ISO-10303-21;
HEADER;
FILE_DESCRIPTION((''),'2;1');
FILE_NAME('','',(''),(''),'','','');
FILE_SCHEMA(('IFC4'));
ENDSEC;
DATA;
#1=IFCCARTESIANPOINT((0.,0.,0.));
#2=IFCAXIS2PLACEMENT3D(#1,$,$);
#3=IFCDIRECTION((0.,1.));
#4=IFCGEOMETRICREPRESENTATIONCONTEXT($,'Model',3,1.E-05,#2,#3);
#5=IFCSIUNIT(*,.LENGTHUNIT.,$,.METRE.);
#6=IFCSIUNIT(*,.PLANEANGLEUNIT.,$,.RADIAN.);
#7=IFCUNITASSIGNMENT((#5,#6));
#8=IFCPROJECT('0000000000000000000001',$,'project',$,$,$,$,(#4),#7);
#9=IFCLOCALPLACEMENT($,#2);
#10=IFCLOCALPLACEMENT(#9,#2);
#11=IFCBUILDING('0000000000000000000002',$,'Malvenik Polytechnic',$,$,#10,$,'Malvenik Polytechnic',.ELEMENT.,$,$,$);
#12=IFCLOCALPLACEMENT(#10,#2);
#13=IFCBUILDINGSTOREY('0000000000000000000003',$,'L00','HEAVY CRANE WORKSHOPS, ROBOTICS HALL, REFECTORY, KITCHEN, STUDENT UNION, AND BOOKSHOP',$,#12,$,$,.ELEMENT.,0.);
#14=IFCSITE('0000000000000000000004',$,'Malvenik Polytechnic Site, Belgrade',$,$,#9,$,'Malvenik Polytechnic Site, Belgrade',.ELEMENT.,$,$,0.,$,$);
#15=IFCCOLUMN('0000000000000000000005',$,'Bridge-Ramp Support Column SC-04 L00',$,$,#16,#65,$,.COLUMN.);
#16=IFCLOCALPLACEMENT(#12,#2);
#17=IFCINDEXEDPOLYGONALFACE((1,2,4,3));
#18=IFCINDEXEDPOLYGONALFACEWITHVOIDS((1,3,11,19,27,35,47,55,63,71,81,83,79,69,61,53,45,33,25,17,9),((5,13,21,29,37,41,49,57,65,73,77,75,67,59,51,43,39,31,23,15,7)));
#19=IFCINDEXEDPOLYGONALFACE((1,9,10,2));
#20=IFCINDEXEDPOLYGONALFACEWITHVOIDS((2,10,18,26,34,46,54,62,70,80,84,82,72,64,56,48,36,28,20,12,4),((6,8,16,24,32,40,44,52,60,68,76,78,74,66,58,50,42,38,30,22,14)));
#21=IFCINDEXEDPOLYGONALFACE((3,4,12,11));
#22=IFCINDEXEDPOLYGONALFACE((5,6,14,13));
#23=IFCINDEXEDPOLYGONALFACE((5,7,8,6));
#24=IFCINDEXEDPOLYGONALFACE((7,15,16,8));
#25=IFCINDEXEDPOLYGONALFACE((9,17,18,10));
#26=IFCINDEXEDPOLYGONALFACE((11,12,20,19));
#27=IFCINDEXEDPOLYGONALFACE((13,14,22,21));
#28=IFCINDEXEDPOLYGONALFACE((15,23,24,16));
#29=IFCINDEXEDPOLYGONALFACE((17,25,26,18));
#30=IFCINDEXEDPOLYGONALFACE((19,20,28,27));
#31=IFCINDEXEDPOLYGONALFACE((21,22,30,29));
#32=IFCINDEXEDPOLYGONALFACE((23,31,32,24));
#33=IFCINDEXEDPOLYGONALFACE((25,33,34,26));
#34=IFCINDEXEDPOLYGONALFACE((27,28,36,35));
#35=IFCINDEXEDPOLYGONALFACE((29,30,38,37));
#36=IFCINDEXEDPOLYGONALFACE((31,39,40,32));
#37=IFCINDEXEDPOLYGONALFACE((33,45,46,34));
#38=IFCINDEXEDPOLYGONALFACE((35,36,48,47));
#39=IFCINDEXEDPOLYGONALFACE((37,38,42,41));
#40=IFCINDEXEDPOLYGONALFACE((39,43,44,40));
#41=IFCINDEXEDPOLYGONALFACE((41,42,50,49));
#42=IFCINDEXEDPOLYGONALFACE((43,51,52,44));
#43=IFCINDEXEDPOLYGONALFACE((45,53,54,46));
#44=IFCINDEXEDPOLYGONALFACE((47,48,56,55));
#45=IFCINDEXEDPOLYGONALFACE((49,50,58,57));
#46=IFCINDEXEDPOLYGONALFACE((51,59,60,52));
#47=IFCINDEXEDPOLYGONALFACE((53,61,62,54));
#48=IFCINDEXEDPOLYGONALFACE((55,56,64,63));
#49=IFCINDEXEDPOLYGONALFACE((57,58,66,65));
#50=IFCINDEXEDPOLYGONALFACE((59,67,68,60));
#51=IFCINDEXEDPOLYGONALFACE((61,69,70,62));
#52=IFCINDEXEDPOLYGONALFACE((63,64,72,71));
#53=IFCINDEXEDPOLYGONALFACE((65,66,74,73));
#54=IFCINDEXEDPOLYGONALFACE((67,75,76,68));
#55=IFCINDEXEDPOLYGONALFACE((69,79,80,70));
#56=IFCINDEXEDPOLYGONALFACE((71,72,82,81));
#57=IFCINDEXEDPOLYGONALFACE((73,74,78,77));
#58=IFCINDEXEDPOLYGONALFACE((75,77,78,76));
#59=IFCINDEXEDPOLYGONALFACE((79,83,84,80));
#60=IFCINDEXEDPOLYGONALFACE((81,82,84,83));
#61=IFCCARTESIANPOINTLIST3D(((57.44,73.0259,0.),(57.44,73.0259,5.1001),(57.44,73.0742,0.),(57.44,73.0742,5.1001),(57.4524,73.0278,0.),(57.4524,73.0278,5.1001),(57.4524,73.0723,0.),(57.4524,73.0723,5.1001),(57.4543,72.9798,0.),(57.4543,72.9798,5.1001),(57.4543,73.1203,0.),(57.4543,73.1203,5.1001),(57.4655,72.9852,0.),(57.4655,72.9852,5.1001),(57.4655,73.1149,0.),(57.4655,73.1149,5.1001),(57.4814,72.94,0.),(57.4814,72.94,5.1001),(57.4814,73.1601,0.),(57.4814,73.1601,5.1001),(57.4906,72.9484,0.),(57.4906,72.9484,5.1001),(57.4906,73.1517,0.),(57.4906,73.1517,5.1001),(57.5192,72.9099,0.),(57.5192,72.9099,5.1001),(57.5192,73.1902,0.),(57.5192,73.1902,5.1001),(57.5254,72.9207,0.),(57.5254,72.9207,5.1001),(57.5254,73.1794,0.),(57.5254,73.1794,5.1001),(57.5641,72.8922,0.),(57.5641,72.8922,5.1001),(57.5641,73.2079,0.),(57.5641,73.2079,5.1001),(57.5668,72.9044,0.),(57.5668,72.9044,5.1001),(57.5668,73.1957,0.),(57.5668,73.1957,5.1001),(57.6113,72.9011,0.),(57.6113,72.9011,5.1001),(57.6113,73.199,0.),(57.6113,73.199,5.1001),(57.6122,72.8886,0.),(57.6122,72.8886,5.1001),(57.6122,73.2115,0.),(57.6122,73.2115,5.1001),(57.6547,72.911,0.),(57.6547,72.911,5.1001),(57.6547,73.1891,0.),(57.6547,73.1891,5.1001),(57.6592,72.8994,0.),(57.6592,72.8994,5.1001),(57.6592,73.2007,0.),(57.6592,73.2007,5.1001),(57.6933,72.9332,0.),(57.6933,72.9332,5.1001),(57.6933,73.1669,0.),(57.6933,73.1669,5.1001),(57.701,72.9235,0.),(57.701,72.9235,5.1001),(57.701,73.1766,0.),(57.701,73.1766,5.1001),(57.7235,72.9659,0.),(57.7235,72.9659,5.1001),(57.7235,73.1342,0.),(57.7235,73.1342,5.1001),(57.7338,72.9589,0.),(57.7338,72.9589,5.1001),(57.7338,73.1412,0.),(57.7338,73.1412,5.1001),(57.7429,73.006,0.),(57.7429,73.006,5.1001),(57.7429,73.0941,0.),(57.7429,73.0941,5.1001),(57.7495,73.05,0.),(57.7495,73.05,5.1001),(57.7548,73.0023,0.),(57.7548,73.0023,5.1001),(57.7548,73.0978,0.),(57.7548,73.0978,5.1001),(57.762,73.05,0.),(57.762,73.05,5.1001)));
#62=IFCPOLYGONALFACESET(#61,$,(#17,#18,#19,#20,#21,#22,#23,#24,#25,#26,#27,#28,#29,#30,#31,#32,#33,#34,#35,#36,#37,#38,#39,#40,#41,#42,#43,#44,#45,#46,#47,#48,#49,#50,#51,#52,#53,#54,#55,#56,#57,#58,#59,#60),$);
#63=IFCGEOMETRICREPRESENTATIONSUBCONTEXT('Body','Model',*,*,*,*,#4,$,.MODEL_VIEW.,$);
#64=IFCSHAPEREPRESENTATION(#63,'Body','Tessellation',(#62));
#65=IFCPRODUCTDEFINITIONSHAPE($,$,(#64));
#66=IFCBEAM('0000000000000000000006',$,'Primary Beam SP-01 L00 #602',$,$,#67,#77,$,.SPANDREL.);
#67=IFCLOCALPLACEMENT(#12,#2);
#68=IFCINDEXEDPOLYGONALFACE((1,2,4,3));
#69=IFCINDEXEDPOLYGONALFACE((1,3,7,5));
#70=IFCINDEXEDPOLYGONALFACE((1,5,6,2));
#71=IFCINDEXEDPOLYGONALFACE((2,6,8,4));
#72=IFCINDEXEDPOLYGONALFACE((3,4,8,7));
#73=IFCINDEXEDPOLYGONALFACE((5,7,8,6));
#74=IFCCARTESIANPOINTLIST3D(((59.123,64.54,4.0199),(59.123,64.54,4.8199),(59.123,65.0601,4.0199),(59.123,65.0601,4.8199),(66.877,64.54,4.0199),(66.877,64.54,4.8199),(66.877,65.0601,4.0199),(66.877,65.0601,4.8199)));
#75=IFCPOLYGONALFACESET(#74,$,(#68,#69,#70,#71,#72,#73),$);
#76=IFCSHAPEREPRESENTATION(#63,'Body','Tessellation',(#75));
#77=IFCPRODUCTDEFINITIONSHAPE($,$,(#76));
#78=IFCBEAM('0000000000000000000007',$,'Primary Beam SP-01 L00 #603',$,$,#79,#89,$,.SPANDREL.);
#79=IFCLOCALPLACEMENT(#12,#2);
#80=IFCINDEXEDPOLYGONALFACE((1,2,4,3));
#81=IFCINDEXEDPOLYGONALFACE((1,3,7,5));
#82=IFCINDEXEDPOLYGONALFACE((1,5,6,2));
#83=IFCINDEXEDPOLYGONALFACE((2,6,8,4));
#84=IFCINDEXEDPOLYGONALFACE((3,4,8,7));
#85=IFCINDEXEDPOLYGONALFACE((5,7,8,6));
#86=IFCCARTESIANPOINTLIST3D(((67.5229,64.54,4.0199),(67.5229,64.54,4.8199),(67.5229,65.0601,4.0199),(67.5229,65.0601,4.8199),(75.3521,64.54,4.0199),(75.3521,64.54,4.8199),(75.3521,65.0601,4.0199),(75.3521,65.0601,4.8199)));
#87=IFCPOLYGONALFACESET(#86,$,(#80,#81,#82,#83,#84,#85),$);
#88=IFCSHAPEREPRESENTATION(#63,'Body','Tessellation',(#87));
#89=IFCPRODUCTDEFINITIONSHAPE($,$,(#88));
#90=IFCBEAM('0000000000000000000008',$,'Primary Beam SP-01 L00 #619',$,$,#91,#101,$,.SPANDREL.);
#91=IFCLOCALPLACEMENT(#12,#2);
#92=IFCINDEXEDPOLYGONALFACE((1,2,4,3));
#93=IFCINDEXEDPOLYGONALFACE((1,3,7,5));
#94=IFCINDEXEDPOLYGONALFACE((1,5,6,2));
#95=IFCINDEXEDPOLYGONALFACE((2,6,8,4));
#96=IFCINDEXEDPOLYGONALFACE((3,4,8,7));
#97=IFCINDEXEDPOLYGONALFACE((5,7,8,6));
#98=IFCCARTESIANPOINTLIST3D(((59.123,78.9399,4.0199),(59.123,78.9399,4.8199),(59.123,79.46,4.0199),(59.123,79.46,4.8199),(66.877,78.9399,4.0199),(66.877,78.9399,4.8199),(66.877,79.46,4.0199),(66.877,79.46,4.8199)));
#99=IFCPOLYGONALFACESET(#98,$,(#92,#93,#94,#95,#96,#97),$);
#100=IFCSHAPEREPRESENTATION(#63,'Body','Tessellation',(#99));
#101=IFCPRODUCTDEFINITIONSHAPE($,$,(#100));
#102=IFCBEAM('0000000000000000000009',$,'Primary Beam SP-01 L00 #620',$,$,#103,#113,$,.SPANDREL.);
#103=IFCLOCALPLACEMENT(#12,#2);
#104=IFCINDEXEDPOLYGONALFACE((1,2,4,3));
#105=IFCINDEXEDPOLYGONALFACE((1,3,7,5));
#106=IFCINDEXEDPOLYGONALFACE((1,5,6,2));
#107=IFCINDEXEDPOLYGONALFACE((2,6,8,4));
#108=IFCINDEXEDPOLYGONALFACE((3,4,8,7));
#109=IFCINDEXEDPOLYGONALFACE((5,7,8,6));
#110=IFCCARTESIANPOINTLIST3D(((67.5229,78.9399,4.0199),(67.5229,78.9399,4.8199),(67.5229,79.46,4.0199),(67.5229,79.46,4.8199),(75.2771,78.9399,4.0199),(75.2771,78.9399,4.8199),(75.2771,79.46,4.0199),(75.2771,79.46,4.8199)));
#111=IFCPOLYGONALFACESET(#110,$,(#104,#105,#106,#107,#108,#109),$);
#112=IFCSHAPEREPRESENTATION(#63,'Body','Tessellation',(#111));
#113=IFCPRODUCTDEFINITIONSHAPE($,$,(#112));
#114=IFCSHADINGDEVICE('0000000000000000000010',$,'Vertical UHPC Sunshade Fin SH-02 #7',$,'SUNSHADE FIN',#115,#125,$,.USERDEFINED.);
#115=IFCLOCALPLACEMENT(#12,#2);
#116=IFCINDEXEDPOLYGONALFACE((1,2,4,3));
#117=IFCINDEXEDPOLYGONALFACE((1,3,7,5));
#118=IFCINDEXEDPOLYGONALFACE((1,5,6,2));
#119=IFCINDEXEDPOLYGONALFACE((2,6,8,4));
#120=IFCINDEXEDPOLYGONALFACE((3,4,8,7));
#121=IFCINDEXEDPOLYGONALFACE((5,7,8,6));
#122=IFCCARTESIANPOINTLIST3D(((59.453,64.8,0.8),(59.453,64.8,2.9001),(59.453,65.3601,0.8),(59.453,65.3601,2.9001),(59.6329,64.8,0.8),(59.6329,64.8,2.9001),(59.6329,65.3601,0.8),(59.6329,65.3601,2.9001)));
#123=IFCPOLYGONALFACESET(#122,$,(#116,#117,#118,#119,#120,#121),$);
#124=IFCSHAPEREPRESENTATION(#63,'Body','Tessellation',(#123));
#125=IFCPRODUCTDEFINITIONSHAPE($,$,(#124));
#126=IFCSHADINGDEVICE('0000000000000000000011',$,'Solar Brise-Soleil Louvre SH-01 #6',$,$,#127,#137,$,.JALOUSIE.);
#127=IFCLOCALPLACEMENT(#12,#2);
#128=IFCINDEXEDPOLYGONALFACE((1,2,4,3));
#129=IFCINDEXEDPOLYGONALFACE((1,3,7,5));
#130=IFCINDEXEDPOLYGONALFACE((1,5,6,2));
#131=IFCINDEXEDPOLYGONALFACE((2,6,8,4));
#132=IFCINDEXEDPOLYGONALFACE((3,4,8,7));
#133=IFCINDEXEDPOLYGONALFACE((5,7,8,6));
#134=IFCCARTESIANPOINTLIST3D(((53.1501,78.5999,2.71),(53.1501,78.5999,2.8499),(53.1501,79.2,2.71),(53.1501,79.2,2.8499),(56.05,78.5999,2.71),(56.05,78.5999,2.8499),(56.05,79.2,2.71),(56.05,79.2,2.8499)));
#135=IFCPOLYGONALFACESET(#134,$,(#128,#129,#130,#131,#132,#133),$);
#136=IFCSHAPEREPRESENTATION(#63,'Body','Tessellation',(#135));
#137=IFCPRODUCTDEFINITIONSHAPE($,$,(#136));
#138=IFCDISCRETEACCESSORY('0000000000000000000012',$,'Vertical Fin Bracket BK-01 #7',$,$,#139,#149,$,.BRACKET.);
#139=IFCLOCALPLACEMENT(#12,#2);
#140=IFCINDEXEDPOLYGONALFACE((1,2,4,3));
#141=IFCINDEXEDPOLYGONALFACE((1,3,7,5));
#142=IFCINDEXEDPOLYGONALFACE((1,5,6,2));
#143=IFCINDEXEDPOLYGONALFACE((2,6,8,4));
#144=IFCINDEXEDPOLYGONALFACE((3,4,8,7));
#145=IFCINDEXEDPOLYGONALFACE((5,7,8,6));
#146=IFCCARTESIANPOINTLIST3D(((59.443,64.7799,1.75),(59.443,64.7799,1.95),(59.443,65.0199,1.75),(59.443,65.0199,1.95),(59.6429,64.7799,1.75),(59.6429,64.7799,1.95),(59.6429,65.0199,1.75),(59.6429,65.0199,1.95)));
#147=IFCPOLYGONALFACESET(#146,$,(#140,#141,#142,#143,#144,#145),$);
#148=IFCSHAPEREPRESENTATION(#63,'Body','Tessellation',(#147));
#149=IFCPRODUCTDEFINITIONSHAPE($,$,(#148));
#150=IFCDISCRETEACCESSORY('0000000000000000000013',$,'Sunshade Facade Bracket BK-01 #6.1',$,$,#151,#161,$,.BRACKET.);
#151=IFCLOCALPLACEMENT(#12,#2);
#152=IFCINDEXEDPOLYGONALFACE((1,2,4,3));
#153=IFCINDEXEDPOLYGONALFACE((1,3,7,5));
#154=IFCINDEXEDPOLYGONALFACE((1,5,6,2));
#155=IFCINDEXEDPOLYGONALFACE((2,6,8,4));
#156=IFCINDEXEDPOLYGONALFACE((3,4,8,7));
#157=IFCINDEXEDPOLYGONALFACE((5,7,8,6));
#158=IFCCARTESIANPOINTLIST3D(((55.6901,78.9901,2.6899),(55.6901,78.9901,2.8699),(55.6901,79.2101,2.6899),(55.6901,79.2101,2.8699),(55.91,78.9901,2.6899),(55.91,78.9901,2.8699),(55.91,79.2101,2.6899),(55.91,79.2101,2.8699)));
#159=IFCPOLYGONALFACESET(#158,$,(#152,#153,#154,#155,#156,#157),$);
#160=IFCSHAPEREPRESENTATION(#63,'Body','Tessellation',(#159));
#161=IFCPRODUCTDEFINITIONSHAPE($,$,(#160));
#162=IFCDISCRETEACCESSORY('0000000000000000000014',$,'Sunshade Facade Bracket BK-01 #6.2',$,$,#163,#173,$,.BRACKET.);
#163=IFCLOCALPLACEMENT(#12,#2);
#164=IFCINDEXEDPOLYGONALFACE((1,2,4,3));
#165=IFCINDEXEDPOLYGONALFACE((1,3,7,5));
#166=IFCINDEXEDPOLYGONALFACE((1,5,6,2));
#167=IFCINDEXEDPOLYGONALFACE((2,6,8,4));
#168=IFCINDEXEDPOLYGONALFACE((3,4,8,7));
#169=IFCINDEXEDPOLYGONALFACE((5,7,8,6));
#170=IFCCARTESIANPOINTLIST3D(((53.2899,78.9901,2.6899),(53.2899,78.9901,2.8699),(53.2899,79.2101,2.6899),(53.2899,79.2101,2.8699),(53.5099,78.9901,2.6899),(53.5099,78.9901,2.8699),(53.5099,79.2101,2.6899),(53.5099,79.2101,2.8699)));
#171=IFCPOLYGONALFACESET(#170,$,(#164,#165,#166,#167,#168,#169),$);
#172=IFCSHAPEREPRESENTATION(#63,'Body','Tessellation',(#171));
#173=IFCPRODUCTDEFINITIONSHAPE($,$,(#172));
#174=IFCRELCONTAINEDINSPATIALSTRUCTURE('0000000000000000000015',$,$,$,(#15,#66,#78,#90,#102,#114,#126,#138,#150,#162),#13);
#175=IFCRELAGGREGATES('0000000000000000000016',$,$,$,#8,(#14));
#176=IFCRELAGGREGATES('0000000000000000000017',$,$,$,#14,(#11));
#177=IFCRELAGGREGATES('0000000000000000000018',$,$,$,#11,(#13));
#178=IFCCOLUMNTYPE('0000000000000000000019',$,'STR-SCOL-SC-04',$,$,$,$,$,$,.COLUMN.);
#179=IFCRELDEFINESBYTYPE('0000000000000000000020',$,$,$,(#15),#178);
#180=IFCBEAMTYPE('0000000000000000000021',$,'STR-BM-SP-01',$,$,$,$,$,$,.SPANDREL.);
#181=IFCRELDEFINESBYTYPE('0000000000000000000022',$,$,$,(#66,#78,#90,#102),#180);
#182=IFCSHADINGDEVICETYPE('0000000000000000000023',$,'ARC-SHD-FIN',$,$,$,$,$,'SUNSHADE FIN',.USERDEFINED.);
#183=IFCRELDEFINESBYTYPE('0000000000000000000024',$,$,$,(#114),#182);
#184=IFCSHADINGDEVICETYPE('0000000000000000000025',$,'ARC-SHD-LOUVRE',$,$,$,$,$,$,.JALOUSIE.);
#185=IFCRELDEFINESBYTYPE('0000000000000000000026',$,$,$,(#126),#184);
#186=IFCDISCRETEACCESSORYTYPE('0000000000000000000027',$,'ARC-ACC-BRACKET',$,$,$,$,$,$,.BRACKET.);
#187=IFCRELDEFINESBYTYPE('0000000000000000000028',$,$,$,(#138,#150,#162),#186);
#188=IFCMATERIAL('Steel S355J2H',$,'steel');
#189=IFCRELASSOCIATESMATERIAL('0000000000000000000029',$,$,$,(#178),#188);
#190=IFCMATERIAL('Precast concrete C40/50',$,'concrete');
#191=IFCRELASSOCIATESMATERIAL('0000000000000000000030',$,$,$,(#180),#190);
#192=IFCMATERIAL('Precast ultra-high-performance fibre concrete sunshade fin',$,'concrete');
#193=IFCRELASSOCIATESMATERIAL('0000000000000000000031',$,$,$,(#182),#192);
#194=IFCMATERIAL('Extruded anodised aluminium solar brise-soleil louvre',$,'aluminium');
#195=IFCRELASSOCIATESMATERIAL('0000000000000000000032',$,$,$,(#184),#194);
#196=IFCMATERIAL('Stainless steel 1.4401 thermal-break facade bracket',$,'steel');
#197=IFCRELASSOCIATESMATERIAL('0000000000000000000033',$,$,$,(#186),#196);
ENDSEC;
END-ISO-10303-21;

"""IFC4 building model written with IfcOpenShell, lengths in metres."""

from ifc_helpers import new_model, si_unit, direction, frame, origin, origin_2d, place, context, subcontext, project, spatial, rectangle, hollow_circle, extrude, material, material_profile, profile_set, type_object, element, save


model = new_model("IFC4")

# Units and contexts
model_context = context("Model", 3, precision=1e-05, world=origin(), true_north=direction((0.0, 1.0)))
body_context = subcontext(model_context, "Body", "Model", "MODEL_VIEW")
ifc_project = project(units=[si_unit("LENGTHUNIT", "METRE"), si_unit("PLANEANGLEUNIT", "RADIAN")], contexts=[model_context])

# Site, building, storey
site_placement = place(None, origin())
site = spatial("IfcSite", under=ifc_project, at=site_placement, Name="Malvenik Polytechnic Site, Belgrade", LongName="Malvenik Polytechnic Site, Belgrade", CompositionType="ELEMENT", RefElevation=0.0)
building_placement = place(site_placement, origin())
building = spatial("IfcBuilding", under=site, at=building_placement, Name="Malvenik Polytechnic", LongName="Malvenik Polytechnic", CompositionType="ELEMENT")
storey_placement = place(building_placement, origin())
storey = spatial("IfcBuildingStorey", under=building, at=storey_placement, Name="L00", Description="HEAVY CRANE WORKSHOPS, ROBOTICS HALL, REFECTORY, KITCHEN, STUDENT UNION, AND BOOKSHOP", CompositionType="ELEMENT", Elevation=0.0)

# Column
ifc_material_1 = material(Name="Steel S355J2H", Category="steel")
ifc_material_profile_1 = material_profile(ifc_material_1, hollow_circle(Radius=0.1619, WallThickness=0.0125, at=origin_2d()), Name="CHS 323.9x12.5")
ifc_profile_set_1 = profile_set([ifc_material_profile_1], Name="Steel S355J2H")
column_type_1 = type_object("IfcColumnType", Name="STR-SCOL-SC-04", PredefinedType="COLUMN", material=ifc_profile_set_1)
for number, where, z_axis, x_axis, name in (
    (1, (57.6001, 73.05, 0.0), (0.0, 0.0, 1.0), (1.0, 0.0, 0.0), "Bridge-Ramp Support Column SC-04 L00"),
):
    element("IfcColumn", number, at=place(storey_placement, frame(where, z_axis=z_axis, x_axis=x_axis)), inside=storey, type_object=column_type_1, Name=name, PredefinedType="COLUMN", context=body_context, shape_type="SweptSolid", body=[
        extrude(hollow_circle(Radius=0.1619, WallThickness=0.0125, at=origin_2d()), origin(), (0.0, 0.0, 1.0), 5.1001),
    ])

# Beams
ifc_material_2 = material(Name="Precast concrete C40/50", Category="concrete")
ifc_material_profile_2 = material_profile(ifc_material_2, rectangle(XDim=0.52, YDim=0.8, at=origin_2d()), Name="PC SPN 520x800")
ifc_profile_set_2 = profile_set([ifc_material_profile_2], Name="Precast concrete C40/50")
beam_type = type_object("IfcBeamType", Name="STR-BM-SP-01", PredefinedType="SPANDREL", material=ifc_profile_set_2)
beam_1_placement = place(storey_placement, frame((59.123, 64.8, 4.4199), z_axis=(1.0, 0.0, 0.0), x_axis=(0.0, 1.0, 0.0)))
element("IfcBeam", 2, at=beam_1_placement, inside=storey, type_object=beam_type, Name="Primary Beam SP-01 L00 #602", PredefinedType="SPANDREL", context=body_context, shape_type="SweptSolid", body=[
    extrude(rectangle(XDim=0.52, YDim=0.8, at=origin_2d()), origin(), (0.0, 0.0, 1.0), 7.7539),
])
beam_2_placement = place(storey_placement, frame((67.5229, 64.8, 4.4199), z_axis=(1.0, 0.0, 0.0), x_axis=(0.0, 1.0, 0.0)))
element("IfcBeam", 3, at=beam_2_placement, inside=storey, type_object=beam_type, Name="Primary Beam SP-01 L00 #603", PredefinedType="SPANDREL", context=body_context, shape_type="SweptSolid", body=[
    extrude(rectangle(XDim=0.52, YDim=0.8, at=origin_2d()), origin(), (0.0, 0.0, 1.0), 7.8291),
])
beam_3_placement = place(storey_placement, frame((59.123, 79.2, 4.4199), z_axis=(1.0, 0.0, 0.0), x_axis=(0.0, 1.0, 0.0)))
element("IfcBeam", 4, at=beam_3_placement, inside=storey, type_object=beam_type, Name="Primary Beam SP-01 L00 #619", PredefinedType="SPANDREL", context=body_context, shape_type="SweptSolid", body=[
    extrude(rectangle(XDim=0.52, YDim=0.8, at=origin_2d()), origin(), (0.0, 0.0, 1.0), 7.7539),
])
beam_4_placement = place(storey_placement, frame((67.5229, 79.2, 4.4199), z_axis=(1.0, 0.0, 0.0), x_axis=(0.0, 1.0, 0.0)))
element("IfcBeam", 5, at=beam_4_placement, inside=storey, type_object=beam_type, Name="Primary Beam SP-01 L00 #620", PredefinedType="SPANDREL", context=body_context, shape_type="SweptSolid", body=[
    extrude(rectangle(XDim=0.52, YDim=0.8, at=origin_2d()), origin(), (0.0, 0.0, 1.0), 7.7542),
])

# Shading devices
ifc_material_3 = material(Name="Precast ultra-high-performance fibre concrete sunshade fin", Category="concrete")
shading_device_type_1 = type_object("IfcShadingDeviceType", Name="ARC-SHD-FIN", ElementType="SUNSHADE FIN", PredefinedType="USERDEFINED", material=ifc_material_3)
shading_device_1_placement = place(storey_placement, frame((59.543, 65.0801, 0.8), z_axis=(0.0, 0.0, 1.0), x_axis=(1.0, 0.0, 0.0)))
element("IfcShadingDevice", 6, at=shading_device_1_placement, inside=storey, type_object=shading_device_type_1, Name="Vertical UHPC Sunshade Fin SH-02 #7", ObjectType="SUNSHADE FIN", PredefinedType="USERDEFINED", context=body_context, shape_type="SweptSolid", body=[
    extrude(rectangle(XDim=0.1799, YDim=0.5601, at=origin_2d()), origin(), (0.0, 0.0, 1.0), 2.1001),
])
ifc_material_4 = material(Name="Extruded anodised aluminium solar brise-soleil louvre", Category="aluminium")
shading_device_type_2 = type_object("IfcShadingDeviceType", Name="ARC-SHD-LOUVRE", PredefinedType="JALOUSIE", material=ifc_material_4)
shading_device_2_placement = place(storey_placement, frame((54.6001, 78.8999, 2.71), z_axis=(0.0, 0.0, 1.0), x_axis=(1.0, 0.0, 0.0)))
element("IfcShadingDevice", 7, at=shading_device_2_placement, inside=storey, type_object=shading_device_type_2, Name="Solar Brise-Soleil Louvre SH-01 #6", PredefinedType="JALOUSIE", context=body_context, shape_type="SweptSolid", body=[
    extrude(rectangle(XDim=2.8999, YDim=0.6001, at=origin_2d()), origin(), (0.0, 0.0, 1.0), 0.1399),
])

# Discrete accessories
ifc_material_5 = material(Name="Stainless steel 1.4401 thermal-break facade bracket", Category="steel")
discrete_accessory_type = type_object("IfcDiscreteAccessoryType", Name="ARC-ACC-BRACKET", PredefinedType="BRACKET", material=ifc_material_5)
discrete_accessory_placement = place(storey_placement, frame((59.543, 64.8999, 1.75), z_axis=(0.0, 0.0, 1.0), x_axis=(1.0, 0.0, 0.0)))
element("IfcDiscreteAccessory", 8, at=discrete_accessory_placement, inside=storey, type_object=discrete_accessory_type, Name="Vertical Fin Bracket BK-01 #7", PredefinedType="BRACKET", context=body_context, shape_type="SweptSolid", body=[
    extrude(rectangle(XDim=0.2, YDim=0.24, at=origin_2d()), origin(), (0.0, 0.0, 1.0), 0.2),
])
for number, where, z_axis, x_axis, name in (
    (9, (55.8, 79.1001, 2.6899), (0.0, 0.0, 1.0), (1.0, 0.0, 0.0), "Sunshade Facade Bracket BK-01 #6.1"),
    (10, (53.3999, 79.1001, 2.6899), (0.0, 0.0, 1.0), (1.0, 0.0, 0.0), "Sunshade Facade Bracket BK-01 #6.2"),
):
    element("IfcDiscreteAccessory", number, at=place(storey_placement, frame(where, z_axis=z_axis, x_axis=x_axis)), inside=storey, type_object=discrete_accessory_type, Name=name, PredefinedType="BRACKET", context=body_context, shape_type="SweptSolid", body=[
        extrude(rectangle(XDim=0.22, YDim=0.22, at=origin_2d()), origin(), (0.0, 0.0, 1.0), 0.1799),
    ])

save(model, "model.ifc")
